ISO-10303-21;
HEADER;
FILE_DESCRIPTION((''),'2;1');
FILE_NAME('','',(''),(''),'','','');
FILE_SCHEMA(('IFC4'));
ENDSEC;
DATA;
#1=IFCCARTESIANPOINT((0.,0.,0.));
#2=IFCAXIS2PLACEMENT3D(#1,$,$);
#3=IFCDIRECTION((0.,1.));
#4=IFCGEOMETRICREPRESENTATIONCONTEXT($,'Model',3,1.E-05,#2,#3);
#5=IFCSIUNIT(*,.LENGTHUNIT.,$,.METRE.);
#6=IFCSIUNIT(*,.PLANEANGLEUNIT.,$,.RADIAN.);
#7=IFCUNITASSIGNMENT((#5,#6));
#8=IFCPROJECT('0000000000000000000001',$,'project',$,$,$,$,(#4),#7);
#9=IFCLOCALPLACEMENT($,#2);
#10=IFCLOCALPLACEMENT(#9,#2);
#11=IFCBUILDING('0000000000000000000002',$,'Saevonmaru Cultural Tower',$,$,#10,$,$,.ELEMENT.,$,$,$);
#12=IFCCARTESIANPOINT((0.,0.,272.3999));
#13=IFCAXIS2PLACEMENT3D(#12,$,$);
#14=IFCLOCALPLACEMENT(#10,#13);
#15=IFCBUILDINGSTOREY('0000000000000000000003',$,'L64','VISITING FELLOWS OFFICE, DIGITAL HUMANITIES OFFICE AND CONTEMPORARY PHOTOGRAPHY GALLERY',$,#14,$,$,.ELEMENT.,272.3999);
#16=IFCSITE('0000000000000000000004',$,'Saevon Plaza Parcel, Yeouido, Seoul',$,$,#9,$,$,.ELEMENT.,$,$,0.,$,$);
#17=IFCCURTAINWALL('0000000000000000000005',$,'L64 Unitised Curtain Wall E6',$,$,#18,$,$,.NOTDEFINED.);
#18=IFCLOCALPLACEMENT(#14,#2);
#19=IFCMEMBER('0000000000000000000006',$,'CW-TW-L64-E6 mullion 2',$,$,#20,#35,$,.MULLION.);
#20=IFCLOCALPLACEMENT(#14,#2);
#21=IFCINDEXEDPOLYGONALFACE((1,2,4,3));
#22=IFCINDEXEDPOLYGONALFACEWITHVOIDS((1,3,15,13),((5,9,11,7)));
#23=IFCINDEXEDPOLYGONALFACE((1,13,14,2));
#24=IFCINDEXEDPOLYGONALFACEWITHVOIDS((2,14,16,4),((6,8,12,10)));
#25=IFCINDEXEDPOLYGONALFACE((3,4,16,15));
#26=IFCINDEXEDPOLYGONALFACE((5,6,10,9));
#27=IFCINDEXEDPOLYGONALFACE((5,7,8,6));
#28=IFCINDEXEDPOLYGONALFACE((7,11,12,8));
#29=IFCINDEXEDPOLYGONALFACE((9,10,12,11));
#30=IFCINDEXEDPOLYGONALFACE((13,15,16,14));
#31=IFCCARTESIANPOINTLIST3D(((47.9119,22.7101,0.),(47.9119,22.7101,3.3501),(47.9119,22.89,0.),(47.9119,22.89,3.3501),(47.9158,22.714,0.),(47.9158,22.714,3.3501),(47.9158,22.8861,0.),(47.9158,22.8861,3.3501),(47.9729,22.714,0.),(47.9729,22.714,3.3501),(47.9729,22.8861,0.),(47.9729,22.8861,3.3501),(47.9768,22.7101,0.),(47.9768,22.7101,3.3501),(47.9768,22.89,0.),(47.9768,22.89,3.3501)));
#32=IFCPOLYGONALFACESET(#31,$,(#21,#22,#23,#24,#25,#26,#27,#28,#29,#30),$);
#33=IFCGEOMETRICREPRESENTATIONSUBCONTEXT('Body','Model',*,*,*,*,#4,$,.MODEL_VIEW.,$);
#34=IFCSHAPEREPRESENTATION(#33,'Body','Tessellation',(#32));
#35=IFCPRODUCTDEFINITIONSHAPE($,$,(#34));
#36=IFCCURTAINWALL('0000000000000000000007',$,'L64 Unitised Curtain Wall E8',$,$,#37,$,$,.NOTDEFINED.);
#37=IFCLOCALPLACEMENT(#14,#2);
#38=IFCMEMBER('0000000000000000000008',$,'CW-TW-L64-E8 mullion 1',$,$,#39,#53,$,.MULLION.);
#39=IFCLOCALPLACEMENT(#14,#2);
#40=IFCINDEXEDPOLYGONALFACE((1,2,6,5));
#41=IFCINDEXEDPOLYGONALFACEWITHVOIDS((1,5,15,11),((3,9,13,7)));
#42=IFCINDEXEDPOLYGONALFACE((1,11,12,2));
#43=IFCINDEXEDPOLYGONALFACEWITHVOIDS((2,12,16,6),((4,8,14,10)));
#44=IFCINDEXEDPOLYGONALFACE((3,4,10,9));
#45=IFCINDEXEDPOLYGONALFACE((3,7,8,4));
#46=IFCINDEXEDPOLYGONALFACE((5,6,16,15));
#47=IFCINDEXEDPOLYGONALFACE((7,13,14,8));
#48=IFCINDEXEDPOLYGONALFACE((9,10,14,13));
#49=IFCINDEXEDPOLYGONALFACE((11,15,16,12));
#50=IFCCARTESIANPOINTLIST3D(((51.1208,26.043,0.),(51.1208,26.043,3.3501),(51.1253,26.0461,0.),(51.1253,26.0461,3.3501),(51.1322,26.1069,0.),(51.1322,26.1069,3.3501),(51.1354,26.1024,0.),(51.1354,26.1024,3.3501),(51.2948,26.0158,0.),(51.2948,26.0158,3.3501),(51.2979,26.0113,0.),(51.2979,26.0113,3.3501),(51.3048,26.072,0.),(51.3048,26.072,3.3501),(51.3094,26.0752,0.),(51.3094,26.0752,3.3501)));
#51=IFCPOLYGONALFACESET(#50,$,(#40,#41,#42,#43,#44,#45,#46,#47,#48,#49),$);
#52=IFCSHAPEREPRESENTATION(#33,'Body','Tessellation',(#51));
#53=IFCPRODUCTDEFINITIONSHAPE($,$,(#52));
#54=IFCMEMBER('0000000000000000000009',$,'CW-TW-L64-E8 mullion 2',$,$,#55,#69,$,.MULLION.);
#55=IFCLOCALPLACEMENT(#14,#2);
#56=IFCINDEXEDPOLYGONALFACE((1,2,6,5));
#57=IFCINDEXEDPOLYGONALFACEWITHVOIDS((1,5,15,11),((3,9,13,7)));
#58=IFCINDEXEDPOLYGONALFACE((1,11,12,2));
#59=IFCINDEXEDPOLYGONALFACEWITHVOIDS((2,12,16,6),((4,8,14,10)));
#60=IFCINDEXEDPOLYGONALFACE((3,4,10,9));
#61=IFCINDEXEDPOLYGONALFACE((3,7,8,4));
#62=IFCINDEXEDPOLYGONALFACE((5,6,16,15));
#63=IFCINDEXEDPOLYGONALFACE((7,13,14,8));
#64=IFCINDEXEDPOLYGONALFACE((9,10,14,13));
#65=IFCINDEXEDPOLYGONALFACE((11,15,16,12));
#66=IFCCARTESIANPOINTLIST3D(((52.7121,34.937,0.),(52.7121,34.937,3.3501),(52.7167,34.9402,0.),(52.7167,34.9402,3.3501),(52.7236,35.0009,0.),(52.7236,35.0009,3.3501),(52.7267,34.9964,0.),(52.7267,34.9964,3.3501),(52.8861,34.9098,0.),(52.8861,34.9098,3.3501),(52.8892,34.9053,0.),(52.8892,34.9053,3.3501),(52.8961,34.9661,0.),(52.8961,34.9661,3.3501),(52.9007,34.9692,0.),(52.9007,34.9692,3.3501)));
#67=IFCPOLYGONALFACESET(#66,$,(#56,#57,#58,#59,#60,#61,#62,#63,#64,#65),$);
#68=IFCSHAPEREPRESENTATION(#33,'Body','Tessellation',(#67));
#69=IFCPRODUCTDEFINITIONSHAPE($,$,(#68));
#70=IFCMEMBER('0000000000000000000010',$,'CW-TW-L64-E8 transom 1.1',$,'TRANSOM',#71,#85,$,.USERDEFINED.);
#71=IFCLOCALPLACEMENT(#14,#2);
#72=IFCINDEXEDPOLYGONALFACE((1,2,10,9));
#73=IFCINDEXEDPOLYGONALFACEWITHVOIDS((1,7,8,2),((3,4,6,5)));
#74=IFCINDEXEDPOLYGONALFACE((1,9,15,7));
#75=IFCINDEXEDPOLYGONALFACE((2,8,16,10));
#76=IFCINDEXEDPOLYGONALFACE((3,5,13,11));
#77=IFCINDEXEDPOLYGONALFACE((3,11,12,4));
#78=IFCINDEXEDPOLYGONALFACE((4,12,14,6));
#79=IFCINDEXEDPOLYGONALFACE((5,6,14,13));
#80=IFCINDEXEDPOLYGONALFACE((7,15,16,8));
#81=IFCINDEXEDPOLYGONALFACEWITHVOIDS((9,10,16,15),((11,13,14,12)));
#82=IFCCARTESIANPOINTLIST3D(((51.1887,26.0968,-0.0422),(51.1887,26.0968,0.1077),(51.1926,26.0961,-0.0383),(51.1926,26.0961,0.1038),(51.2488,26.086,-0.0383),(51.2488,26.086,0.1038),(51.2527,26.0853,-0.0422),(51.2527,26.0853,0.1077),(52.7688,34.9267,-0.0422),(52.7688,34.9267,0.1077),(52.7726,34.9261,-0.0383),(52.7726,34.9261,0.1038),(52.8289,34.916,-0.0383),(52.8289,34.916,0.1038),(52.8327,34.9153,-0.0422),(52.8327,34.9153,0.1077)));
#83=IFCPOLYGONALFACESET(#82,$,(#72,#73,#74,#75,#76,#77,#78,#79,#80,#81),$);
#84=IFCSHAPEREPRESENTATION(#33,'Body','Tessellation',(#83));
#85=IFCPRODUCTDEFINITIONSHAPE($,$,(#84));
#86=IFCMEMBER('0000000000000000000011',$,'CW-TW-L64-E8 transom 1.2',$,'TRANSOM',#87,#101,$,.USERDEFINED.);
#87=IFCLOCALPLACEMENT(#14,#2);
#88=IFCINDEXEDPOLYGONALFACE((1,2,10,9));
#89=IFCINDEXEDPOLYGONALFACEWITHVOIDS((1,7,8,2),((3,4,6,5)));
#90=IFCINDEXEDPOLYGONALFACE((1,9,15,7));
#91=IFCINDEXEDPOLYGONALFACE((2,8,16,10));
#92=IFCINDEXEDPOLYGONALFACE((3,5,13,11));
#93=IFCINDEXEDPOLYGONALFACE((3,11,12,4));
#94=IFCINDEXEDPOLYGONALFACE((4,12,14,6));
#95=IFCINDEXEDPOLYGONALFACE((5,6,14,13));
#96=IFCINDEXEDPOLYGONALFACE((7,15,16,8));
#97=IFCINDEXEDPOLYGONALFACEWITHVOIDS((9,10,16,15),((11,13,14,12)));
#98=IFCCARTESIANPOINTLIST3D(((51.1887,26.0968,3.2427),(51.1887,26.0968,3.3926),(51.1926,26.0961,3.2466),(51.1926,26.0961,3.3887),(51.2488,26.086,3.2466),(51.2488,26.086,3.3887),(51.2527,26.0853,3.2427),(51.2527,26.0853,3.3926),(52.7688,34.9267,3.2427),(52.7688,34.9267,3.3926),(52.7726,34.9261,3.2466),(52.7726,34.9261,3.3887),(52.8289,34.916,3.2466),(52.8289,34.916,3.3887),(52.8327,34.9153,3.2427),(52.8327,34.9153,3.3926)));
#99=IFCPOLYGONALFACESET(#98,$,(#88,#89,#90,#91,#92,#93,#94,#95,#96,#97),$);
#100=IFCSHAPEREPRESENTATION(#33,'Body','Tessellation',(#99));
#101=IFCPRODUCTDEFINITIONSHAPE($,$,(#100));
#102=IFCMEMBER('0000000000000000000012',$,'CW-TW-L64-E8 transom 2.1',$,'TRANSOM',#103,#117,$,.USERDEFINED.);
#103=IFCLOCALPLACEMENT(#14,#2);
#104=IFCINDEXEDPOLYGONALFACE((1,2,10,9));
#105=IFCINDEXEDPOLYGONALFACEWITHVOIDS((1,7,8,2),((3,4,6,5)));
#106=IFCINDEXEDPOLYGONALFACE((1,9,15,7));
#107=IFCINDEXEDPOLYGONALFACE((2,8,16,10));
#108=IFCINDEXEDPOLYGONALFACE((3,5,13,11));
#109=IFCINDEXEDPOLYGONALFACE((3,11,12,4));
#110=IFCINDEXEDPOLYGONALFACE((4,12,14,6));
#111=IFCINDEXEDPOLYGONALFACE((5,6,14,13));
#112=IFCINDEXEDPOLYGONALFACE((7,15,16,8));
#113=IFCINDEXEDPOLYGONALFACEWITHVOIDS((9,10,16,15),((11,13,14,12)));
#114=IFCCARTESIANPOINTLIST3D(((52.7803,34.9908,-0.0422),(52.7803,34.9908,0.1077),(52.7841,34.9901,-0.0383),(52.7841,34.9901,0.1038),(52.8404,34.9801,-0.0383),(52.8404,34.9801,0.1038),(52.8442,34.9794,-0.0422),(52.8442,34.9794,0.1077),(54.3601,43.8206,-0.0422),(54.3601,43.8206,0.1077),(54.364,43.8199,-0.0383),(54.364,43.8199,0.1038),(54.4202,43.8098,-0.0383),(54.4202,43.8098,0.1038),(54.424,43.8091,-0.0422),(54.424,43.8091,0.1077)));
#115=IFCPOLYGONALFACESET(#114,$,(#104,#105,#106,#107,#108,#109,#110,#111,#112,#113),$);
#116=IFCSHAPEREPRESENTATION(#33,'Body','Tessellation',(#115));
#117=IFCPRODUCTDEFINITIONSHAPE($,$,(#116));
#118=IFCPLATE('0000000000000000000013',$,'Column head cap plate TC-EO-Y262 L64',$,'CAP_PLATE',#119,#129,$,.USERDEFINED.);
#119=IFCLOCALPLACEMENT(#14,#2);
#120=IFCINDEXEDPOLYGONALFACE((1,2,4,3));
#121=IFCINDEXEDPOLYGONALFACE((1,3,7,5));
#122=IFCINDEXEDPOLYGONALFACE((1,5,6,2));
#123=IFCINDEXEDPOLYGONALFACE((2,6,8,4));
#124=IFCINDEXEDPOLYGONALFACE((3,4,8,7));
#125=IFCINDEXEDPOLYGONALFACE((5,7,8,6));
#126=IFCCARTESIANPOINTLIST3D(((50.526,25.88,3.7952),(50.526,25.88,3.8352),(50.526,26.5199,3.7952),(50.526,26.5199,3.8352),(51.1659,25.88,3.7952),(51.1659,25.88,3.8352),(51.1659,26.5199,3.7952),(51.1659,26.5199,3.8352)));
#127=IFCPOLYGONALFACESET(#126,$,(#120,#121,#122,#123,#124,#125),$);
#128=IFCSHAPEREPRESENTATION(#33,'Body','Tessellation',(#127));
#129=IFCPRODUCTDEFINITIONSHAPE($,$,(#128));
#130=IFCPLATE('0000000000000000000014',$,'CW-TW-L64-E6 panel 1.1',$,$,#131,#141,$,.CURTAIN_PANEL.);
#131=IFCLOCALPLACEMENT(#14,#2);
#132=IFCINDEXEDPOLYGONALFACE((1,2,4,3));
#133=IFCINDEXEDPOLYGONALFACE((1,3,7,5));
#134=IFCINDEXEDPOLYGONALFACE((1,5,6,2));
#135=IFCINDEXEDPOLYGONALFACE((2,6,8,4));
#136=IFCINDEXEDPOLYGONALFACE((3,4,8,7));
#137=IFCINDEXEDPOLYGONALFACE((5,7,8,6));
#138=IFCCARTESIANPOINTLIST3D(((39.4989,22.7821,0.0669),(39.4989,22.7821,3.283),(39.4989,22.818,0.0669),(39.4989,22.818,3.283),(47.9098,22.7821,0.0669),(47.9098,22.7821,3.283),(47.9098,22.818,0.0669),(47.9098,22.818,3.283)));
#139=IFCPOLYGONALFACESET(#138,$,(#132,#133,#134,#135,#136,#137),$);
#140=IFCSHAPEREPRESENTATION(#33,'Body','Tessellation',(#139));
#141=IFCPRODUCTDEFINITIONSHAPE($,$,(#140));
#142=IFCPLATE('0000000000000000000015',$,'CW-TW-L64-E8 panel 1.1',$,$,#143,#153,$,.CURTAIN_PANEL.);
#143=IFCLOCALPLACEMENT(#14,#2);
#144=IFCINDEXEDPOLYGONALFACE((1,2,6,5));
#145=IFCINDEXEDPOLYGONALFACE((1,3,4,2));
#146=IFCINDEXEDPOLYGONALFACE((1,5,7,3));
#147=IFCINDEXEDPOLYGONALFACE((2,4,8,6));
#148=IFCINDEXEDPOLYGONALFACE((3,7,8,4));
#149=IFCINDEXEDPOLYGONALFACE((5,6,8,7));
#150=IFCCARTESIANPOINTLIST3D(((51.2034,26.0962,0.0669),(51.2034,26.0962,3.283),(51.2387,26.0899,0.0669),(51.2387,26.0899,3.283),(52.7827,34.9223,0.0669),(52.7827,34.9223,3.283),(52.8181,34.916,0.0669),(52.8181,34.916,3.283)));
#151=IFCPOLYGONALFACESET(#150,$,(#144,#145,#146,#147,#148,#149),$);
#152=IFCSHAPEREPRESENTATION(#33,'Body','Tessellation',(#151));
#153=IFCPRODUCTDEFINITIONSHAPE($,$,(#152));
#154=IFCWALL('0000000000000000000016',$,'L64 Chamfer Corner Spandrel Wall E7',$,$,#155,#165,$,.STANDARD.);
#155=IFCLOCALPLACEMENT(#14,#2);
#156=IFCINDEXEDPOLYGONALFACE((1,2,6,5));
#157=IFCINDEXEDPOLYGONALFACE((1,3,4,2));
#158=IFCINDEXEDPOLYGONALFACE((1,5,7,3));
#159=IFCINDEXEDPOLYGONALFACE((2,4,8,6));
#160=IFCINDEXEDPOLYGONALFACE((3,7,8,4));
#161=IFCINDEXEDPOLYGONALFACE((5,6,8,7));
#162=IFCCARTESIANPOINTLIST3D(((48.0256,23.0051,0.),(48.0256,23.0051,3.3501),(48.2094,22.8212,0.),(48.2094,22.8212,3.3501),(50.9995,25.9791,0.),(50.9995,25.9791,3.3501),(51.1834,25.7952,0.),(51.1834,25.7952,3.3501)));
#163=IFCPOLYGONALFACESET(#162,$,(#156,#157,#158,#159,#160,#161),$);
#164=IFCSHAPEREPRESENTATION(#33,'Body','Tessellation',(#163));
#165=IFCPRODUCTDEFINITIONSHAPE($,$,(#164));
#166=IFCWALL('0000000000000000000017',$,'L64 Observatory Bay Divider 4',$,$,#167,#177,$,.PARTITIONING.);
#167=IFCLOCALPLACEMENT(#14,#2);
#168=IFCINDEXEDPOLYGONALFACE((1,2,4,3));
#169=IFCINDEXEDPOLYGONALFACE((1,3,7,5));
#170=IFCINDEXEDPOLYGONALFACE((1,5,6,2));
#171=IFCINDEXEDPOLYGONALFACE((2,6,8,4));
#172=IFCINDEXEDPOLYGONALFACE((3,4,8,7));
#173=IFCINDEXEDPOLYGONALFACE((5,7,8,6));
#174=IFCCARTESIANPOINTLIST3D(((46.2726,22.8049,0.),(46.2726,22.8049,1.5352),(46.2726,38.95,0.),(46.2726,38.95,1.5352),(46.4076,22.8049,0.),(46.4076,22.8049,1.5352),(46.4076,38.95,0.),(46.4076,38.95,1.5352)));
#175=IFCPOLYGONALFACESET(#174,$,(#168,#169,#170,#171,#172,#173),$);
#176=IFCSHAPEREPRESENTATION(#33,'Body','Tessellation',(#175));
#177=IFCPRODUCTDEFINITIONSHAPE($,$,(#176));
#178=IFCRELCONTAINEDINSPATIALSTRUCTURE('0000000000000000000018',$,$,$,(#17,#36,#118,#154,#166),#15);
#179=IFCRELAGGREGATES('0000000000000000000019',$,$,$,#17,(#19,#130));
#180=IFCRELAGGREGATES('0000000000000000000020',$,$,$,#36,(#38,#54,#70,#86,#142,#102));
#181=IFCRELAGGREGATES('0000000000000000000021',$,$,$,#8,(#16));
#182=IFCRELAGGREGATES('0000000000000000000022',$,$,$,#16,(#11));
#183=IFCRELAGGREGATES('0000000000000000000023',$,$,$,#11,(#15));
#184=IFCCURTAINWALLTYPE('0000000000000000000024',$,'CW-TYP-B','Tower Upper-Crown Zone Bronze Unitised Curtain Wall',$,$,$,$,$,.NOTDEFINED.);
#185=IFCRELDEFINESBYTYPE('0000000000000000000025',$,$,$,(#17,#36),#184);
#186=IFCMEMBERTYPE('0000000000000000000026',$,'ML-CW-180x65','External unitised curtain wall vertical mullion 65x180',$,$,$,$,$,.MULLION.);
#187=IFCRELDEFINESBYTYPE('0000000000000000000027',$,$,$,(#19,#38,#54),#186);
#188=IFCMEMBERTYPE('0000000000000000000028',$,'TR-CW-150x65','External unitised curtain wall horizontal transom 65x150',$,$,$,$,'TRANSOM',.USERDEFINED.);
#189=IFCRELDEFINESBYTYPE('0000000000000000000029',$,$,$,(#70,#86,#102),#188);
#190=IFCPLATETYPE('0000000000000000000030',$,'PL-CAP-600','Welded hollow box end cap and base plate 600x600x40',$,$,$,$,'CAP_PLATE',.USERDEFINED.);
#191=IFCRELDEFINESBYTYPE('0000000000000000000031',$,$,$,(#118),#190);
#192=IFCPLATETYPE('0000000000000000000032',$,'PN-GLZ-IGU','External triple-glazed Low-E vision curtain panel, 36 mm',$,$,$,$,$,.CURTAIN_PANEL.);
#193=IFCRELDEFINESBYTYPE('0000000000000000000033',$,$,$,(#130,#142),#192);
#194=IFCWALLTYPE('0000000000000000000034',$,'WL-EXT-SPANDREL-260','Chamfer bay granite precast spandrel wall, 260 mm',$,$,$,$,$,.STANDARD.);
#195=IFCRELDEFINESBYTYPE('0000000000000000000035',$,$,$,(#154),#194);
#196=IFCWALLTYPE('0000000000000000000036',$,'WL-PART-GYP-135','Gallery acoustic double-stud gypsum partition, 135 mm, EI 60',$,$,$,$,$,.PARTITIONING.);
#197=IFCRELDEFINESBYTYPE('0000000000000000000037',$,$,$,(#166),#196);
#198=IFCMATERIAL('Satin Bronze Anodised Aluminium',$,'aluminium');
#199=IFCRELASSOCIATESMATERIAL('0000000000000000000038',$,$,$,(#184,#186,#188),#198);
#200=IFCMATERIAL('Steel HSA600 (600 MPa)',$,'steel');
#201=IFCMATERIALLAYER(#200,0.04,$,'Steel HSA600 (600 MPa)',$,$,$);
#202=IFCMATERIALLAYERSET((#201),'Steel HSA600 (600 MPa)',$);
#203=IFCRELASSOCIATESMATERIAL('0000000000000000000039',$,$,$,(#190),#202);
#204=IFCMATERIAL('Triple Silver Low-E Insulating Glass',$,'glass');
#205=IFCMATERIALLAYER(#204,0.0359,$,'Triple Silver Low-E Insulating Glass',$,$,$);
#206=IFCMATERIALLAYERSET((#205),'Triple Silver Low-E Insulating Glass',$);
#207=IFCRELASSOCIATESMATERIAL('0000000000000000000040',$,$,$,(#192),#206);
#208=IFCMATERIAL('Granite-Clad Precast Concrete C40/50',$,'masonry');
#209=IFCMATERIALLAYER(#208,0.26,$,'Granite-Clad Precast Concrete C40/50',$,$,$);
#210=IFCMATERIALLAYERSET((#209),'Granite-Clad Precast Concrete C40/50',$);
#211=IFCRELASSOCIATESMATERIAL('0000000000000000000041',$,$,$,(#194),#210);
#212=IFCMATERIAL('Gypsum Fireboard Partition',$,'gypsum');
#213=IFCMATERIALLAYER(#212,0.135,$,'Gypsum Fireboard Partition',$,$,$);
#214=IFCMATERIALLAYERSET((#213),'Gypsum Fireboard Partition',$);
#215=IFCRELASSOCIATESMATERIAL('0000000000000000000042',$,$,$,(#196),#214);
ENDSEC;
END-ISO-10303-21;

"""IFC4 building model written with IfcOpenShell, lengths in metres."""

from ifc_helpers import new_model, si_unit, direction, frame, frame_2d, origin, origin_2d, place, context, subcontext, project, spatial, rectangle, hollow_rectangle, extrude, material, layer, layer_set, material_profile, profile_set, type_object, element, aggregate, save


model = new_model("IFC4")

# Units and contexts
model_context = context("Model", 3, precision=1e-05, world=origin(), true_north=direction((0.0, 1.0)))
body_context = subcontext(model_context, "Body", "Model", "MODEL_VIEW")
ifc_project = project(units=[si_unit("LENGTHUNIT", "METRE"), si_unit("PLANEANGLEUNIT", "RADIAN")], contexts=[model_context])

# Site, building, storey
site_placement = place(None, origin())
site = spatial("IfcSite", under=ifc_project, at=site_placement, Name="Saevon Plaza Parcel, Yeouido, Seoul", CompositionType="ELEMENT", RefElevation=0.0)
building_placement = place(site_placement, origin())
building = spatial("IfcBuilding", under=site, at=building_placement, Name="Saevonmaru Cultural Tower", CompositionType="ELEMENT")
storey_placement = place(building_placement, frame((0.0, 0.0, 272.3999)))
storey = spatial("IfcBuildingStorey", under=building, at=storey_placement, Name="L64", Description="VISITING FELLOWS OFFICE, DIGITAL HUMANITIES OFFICE AND CONTEMPORARY PHOTOGRAPHY GALLERY", CompositionType="ELEMENT", Elevation=272.3999)

# Shared definitions
ifc_material_1 = material(Name="Steel HSA600 (600 MPa)", Category="steel")

# Curtain wall, member
ifc_material_2 = material(Name="Satin Bronze Anodised Aluminium", Category="aluminium")
curtain_wall_type = type_object("IfcCurtainWallType", Name="CW-TYP-B", Description="Tower Upper-Crown Zone Bronze Unitised Curtain Wall", PredefinedType="NOTDEFINED", material=ifc_material_2)
curtain_wall_1_placement = place(storey_placement, origin())
curtain_wall_1 = element("IfcCurtainWall", 1, at=curtain_wall_1_placement, inside=storey, type_object=curtain_wall_type, Name="L64 Unitised Curtain Wall E6", PredefinedType="NOTDEFINED")
ifc_material_profile_1 = material_profile(ifc_material_2, hollow_rectangle(XDim=0.0649, YDim=0.1799, WallThickness=0.0039, at=origin_2d()), Name="ALU-MULL-180x65x4")
ifc_profile_set_1 = profile_set([ifc_material_profile_1], Name="Satin Bronze Anodised Aluminium")
member_type_1 = type_object("IfcMemberType", Name="ML-CW-180x65", Description="External unitised curtain wall vertical mullion 65x180", PredefinedType="MULLION", material=ifc_profile_set_1)
member_1_placement = place(storey_placement, frame((47.9443, 22.8, 0.0), z_axis=(0.0, 0.0, 1.0), x_axis=(1.0, 0.0, 0.0)))
member_1 = element("IfcMember", 2, at=member_1_placement, type_object=member_type_1, Name="CW-TW-L64-E6 mullion 2", PredefinedType="MULLION", context=body_context, shape_type="SweptSolid", body=[
    extrude(hollow_rectangle(XDim=0.0649, YDim=0.1799, WallThickness=0.0039, at=origin_2d()), origin(), (0.0, 0.0, 1.0), 3.3501),
])

# Curtain wall, members
curtain_wall_2_placement = place(storey_placement, origin())
curtain_wall_2 = element("IfcCurtainWall", 3, at=curtain_wall_2_placement, inside=storey, type_object=curtain_wall_type, Name="L64 Unitised Curtain Wall E8", PredefinedType="NOTDEFINED")
member_2_placement = place(storey_placement, frame((51.2151, 26.0591, 0.0), z_axis=(0.0, 0.0, 1.0), x_axis=(0.176141, 0.984365, 0.0)))
member_2 = element("IfcMember", 4, at=member_2_placement, type_object=member_type_1, Name="CW-TW-L64-E8 mullion 1", PredefinedType="MULLION", context=body_context, shape_type="SweptSolid", body=[
    extrude(hollow_rectangle(XDim=0.0649, YDim=0.1799, WallThickness=0.0039, at=origin_2d()), origin(), (0.0, 0.0, 1.0), 3.3501),
])
member_3_placement = place(storey_placement, frame((52.8064, 34.9531, 0.0), z_axis=(0.0, 0.0, 1.0), x_axis=(0.176141, 0.984365, 0.0)))
member_3 = element("IfcMember", 5, at=member_3_placement, type_object=member_type_1, Name="CW-TW-L64-E8 mullion 2", PredefinedType="MULLION", context=body_context, shape_type="SweptSolid", body=[
    extrude(hollow_rectangle(XDim=0.0649, YDim=0.1799, WallThickness=0.0039, at=origin_2d()), origin(), (0.0, 0.0, 1.0), 3.3501),
])
ifc_material_profile_2 = material_profile(ifc_material_2, hollow_rectangle(XDim=0.0649, YDim=0.1499, WallThickness=0.0039, at=origin_2d()), Name="ALU-TRAN-150x65x4")
ifc_profile_set_2 = profile_set([ifc_material_profile_2], Name="Satin Bronze Anodised Aluminium")
member_type_2 = type_object("IfcMemberType", Name="TR-CW-150x65", Description="External unitised curtain wall horizontal transom 65x150", ElementType="TRANSOM", PredefinedType="USERDEFINED", material=ifc_profile_set_2)
member_4_placement = place(storey_placement, frame((51.2207, 26.0911, 0.0327), z_axis=(0.176145, 0.984364, 0.0), x_axis=(-0.984364, 0.176145, 0.0)))
member_4 = element("IfcMember", 6, at=member_4_placement, type_object=member_type_2, Name="CW-TW-L64-E8 transom 1.1", ObjectType="TRANSOM", PredefinedType="USERDEFINED", context=body_context, shape_type="SweptSolid", body=[
    extrude(hollow_rectangle(XDim=0.0649, YDim=0.1499, WallThickness=0.0039, at=origin_2d()), origin(), (0.0, 0.0, 1.0), 8.9702),
])
member_5_placement = place(storey_placement, frame((51.2207, 26.0911, 3.3176), z_axis=(0.176145, 0.984364, 0.0), x_axis=(-0.984364, 0.176145, 0.0)))
member_5 = element("IfcMember", 7, at=member_5_placement, type_object=member_type_2, Name="CW-TW-L64-E8 transom 1.2", ObjectType="TRANSOM", PredefinedType="USERDEFINED", context=body_context, shape_type="SweptSolid", body=[
    extrude(hollow_rectangle(XDim=0.0649, YDim=0.1499, WallThickness=0.0039, at=origin_2d()), origin(), (0.0, 0.0, 1.0), 8.9702),
])
member_6_placement = place(storey_placement, frame((52.8123, 34.9851, 0.0327), z_axis=(0.176123, 0.984368, 0.0), x_axis=(-0.984368, 0.176123, 0.0)))
member_6 = element("IfcMember", 8, at=member_6_placement, type_object=member_type_2, Name="CW-TW-L64-E8 transom 2.1", ObjectType="TRANSOM", PredefinedType="USERDEFINED", context=body_context, shape_type="SweptSolid", body=[
    extrude(hollow_rectangle(XDim=0.0649, YDim=0.1499, WallThickness=0.0039, at=origin_2d()), origin(), (0.0, 0.0, 1.0), 8.97),
])

# Plates
ifc_layer_1 = layer(ifc_material_1, 0.04, Name="Steel HSA600 (600 MPa)")
ifc_layer_set_1 = layer_set([ifc_layer_1], Name="Steel HSA600 (600 MPa)")
plate_type_1 = type_object("IfcPlateType", Name="PL-CAP-600", Description="Welded hollow box end cap and base plate 600x600x40", ElementType="CAP_PLATE", PredefinedType="USERDEFINED", material=ifc_layer_set_1)
plate_1_placement = place(storey_placement, frame((50.8459, 26.2, 3.7952), z_axis=(0.0, 0.0, 1.0), x_axis=(1.0, 0.0, 0.0)))
element("IfcPlate", 9, at=plate_1_placement, inside=storey, type_object=plate_type_1, Name="Column head cap plate TC-EO-Y262 L64", ObjectType="CAP_PLATE", PredefinedType="USERDEFINED", context=body_context, shape_type="SweptSolid", body=[
    extrude(rectangle(XDim=0.6399, YDim=0.6399, at=origin_2d()), origin(), (0.0, 0.0, 1.0), 0.04),
])
ifc_material_3 = material(Name="Triple Silver Low-E Insulating Glass", Category="glass")
ifc_layer_2 = layer(ifc_material_3, 0.0359, Name="Triple Silver Low-E Insulating Glass")
ifc_layer_set_2 = layer_set([ifc_layer_2], Name="Triple Silver Low-E Insulating Glass")
plate_type_2 = type_object("IfcPlateType", Name="PN-GLZ-IGU", Description="External triple-glazed Low-E vision curtain panel, 36 mm", PredefinedType="CURTAIN_PANEL", material=ifc_layer_set_2)
plate_2_placement = place(storey_placement, frame((43.7043, 22.8, 0.0669), z_axis=(0.0, 0.0, 1.0), x_axis=(1.0, 0.0, 0.0)))
plate_2 = element("IfcPlate", 10, at=plate_2_placement, type_object=plate_type_2, Name="CW-TW-L64-E6 panel 1.1", PredefinedType="CURTAIN_PANEL", context=body_context, shape_type="SweptSolid", body=[
    extrude(rectangle(XDim=8.4109, YDim=0.0359, at=origin_2d()), origin(), (0.0, 0.0, 1.0), 3.2161),
])
aggregate(curtain_wall_1, [member_1, plate_2])
plate_3_placement = place(storey_placement, frame((52.0107, 30.5061, 0.0669), z_axis=(0.0, 0.0, 1.0), x_axis=(0.176141, 0.984365, 0.0)))
plate_3 = element("IfcPlate", 11, at=plate_3_placement, type_object=plate_type_2, Name="CW-TW-L64-E8 panel 1.1", PredefinedType="CURTAIN_PANEL", context=body_context, shape_type="SweptSolid", body=[
    extrude(rectangle(XDim=8.9663, YDim=0.0359, at=origin_2d()), origin(), (0.0, 0.0, 1.0), 3.2161),
])
aggregate(curtain_wall_2, [member_2, member_3, member_4, member_5, plate_3, member_6])

# Walls
ifc_material_4 = material(Name="Granite-Clad Precast Concrete C40/50", Category="masonry")
ifc_layer_3 = layer(ifc_material_4, 0.26, Name="Granite-Clad Precast Concrete C40/50")
ifc_layer_set_3 = layer_set([ifc_layer_3], Name="Granite-Clad Precast Concrete C40/50")
wall_type_1 = type_object("IfcWallType", Name="WL-EXT-SPANDREL-260", Description="Chamfer bay granite precast spandrel wall, 260 mm", PredefinedType="STANDARD", material=ifc_layer_set_3)
wall_1_placement = place(storey_placement, frame((48.1174, 22.9131, 0.0), z_axis=(0.0, 0.0, 1.0), x_axis=(0.707107, 0.707107, 0.0)))
element("IfcWall", 12, at=wall_1_placement, inside=storey, type_object=wall_type_1, Name="L64 Chamfer Corner Spandrel Wall E7", PredefinedType="STANDARD", context=body_context, shape_type="SweptSolid", body=[
    extrude(rectangle(XDim=4.2058, YDim=0.26, at=frame_2d((2.103, 0.0))), origin(), (0.0, 0.0, 1.0), 3.3501),
])
ifc_material_5 = material(Name="Gypsum Fireboard Partition", Category="gypsum")
ifc_layer_4 = layer(ifc_material_5, 0.135, Name="Gypsum Fireboard Partition")
ifc_layer_set_4 = layer_set([ifc_layer_4], Name="Gypsum Fireboard Partition")
wall_type_2 = type_object("IfcWallType", Name="WL-PART-GYP-135", Description="Gallery acoustic double-stud gypsum partition, 135 mm, EI 60", PredefinedType="PARTITIONING", material=ifc_layer_set_4)
wall_2_placement = place(storey_placement, frame((46.3401, 22.8049, 0.0), z_axis=(0.0, 0.0, 1.0), x_axis=(0.0, 1.0, 0.0)))
element("IfcWall", 13, at=wall_2_placement, inside=storey, type_object=wall_type_2, Name="L64 Observatory Bay Divider 4", PredefinedType="PARTITIONING", context=body_context, shape_type="SweptSolid", body=[
    extrude(rectangle(XDim=16.145, YDim=0.135, at=frame_2d((8.0725, 0.0))), origin(), (0.0, 0.0, 1.0), 1.5352),
])

save(model, "model.ifc")
